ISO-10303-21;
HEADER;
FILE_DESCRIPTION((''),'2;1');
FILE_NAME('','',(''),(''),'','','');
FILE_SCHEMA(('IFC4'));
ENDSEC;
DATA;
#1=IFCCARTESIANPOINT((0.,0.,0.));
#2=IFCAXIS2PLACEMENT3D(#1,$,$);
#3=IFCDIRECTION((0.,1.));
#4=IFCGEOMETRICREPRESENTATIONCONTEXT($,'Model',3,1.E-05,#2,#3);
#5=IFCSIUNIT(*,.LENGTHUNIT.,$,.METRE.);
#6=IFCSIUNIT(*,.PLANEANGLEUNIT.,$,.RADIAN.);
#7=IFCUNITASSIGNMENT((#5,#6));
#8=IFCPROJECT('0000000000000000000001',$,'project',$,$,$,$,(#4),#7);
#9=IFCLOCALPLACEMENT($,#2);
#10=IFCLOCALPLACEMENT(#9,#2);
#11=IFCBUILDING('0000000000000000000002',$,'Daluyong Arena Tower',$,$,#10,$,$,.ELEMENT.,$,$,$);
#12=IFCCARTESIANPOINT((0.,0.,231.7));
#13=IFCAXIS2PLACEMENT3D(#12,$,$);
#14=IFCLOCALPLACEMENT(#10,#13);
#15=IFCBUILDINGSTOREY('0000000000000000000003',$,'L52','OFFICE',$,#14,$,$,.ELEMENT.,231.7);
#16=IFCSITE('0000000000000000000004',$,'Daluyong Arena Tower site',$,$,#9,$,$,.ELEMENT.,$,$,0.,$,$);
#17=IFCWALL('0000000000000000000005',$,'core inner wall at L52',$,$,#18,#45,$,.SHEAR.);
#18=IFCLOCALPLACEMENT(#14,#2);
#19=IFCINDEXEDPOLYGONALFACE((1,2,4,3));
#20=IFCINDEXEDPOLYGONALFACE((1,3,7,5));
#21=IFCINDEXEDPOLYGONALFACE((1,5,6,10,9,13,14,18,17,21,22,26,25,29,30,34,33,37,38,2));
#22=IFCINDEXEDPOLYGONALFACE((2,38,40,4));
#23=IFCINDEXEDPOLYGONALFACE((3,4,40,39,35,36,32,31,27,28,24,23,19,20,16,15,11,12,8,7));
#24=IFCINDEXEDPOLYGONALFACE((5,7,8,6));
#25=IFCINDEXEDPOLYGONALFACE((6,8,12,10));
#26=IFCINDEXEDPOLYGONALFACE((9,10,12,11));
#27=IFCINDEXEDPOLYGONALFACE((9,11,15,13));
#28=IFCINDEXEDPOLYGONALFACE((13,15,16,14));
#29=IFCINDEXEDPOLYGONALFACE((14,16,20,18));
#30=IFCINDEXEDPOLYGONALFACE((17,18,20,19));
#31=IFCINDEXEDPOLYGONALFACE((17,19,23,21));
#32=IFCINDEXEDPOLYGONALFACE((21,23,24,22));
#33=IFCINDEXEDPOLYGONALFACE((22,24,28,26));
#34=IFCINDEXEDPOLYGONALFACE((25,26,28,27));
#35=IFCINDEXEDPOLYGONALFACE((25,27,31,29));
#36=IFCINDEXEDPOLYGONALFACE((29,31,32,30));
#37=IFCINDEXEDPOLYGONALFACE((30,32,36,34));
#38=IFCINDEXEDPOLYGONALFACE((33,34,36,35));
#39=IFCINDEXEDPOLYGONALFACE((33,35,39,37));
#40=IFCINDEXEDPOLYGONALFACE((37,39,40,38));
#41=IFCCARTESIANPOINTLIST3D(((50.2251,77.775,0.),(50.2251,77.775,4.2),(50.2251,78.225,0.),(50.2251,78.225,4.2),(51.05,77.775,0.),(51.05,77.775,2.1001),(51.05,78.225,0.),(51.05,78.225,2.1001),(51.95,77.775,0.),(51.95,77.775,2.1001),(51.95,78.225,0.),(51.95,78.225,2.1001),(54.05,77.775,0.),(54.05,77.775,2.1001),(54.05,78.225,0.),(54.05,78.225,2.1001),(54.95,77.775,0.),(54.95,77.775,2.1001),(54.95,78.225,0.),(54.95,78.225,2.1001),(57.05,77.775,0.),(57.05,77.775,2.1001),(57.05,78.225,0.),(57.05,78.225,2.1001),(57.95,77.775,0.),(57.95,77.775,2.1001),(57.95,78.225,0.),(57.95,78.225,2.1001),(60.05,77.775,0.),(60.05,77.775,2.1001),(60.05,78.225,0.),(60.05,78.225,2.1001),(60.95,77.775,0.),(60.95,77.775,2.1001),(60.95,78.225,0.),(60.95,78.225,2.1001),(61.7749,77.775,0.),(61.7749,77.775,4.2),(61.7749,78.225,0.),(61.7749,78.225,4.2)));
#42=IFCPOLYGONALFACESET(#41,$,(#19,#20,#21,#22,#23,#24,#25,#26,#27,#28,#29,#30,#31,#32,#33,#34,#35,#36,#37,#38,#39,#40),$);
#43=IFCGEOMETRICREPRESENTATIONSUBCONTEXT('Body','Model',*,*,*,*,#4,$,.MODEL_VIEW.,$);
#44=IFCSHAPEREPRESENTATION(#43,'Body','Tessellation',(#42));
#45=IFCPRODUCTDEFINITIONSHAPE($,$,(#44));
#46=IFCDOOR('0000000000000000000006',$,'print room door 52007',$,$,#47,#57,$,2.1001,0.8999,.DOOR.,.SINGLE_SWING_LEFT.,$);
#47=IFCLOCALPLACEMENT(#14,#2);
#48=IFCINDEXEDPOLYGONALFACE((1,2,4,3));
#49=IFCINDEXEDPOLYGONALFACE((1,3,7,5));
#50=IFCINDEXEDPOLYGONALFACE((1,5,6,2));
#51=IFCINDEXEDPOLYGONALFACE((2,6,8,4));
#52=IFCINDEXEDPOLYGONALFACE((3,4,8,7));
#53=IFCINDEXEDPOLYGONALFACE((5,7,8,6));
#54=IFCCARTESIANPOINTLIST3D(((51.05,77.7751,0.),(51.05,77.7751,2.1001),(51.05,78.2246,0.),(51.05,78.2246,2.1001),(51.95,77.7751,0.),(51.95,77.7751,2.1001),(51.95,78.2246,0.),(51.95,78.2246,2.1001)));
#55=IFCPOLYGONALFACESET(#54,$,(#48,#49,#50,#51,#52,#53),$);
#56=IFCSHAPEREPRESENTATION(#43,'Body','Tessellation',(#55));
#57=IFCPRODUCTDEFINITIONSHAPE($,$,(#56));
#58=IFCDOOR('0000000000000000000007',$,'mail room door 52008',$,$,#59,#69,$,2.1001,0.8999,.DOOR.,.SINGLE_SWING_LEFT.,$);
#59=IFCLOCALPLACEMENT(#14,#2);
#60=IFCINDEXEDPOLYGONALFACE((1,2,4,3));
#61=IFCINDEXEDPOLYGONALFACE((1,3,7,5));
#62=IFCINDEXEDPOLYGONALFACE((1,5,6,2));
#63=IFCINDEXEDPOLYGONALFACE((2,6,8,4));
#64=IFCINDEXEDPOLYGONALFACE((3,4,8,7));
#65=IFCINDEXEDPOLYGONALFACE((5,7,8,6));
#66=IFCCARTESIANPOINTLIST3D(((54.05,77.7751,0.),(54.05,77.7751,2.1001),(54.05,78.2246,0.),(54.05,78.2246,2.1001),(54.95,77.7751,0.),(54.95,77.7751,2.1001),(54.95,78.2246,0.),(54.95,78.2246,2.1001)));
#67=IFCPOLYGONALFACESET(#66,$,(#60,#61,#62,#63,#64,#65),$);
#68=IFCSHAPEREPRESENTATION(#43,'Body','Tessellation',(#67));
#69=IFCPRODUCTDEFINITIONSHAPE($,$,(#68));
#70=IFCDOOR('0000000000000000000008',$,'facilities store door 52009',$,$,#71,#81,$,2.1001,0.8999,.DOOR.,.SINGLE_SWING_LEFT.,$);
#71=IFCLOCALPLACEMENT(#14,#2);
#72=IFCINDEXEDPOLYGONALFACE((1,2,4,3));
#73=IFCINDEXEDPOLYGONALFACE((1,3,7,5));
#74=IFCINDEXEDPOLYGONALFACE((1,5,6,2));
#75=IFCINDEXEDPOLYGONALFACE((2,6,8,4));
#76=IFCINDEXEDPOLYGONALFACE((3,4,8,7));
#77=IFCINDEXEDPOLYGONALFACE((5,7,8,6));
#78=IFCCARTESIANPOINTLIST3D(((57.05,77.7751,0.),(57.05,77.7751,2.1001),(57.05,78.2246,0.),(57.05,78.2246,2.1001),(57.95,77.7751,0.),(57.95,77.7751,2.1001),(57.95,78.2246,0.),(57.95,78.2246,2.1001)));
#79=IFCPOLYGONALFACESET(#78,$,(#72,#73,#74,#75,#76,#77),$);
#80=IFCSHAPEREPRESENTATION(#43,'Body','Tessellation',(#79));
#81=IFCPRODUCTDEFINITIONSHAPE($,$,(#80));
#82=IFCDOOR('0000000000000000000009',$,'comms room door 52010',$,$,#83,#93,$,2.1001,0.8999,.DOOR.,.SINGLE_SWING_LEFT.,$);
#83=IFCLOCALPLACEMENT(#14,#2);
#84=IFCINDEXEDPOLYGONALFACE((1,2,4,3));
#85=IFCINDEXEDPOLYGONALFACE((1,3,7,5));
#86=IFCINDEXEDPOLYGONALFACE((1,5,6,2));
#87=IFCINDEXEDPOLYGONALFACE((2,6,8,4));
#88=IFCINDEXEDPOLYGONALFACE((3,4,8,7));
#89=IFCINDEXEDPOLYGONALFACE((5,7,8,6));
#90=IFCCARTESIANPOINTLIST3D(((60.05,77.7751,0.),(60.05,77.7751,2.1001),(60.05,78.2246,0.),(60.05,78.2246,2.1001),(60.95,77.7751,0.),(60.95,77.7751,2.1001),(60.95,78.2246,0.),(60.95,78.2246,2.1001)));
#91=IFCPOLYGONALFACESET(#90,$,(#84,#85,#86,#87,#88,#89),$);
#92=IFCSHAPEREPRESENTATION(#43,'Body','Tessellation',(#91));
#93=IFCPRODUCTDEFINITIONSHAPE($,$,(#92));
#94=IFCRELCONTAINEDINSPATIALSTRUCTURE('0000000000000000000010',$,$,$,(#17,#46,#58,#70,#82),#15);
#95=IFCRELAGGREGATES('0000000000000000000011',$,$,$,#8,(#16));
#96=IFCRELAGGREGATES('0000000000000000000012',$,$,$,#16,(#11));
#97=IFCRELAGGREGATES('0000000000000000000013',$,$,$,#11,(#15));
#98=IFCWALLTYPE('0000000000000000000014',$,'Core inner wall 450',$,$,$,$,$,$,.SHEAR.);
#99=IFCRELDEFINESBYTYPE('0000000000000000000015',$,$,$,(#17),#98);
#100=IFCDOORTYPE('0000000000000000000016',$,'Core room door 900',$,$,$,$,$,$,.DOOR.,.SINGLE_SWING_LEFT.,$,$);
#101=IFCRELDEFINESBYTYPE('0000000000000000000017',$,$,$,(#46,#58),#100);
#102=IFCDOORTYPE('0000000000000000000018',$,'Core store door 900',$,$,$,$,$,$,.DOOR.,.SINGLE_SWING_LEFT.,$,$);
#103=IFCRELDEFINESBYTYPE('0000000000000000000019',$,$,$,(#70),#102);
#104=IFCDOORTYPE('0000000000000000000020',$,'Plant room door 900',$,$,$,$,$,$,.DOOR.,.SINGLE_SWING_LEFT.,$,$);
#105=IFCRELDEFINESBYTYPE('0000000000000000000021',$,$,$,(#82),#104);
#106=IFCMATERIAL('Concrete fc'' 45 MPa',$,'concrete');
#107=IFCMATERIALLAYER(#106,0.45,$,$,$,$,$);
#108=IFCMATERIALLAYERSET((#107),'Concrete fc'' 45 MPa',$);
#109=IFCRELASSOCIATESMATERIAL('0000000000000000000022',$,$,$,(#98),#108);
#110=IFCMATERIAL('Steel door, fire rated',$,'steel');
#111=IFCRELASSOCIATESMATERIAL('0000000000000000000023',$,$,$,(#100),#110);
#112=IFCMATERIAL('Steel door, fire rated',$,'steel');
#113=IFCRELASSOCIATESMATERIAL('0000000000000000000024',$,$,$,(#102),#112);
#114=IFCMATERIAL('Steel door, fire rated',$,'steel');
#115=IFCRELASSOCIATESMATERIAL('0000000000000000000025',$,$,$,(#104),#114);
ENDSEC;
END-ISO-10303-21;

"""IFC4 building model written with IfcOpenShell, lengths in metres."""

from ifc_helpers import new_model, si_unit, direction, frame, frame_2d, origin, place, context, subcontext, project, spatial, rectangle, extrude, material, layer, layer_set, type_object, element, fill, save


model = new_model("IFC4")

# Units and contexts
model_context = context("Model", 3, precision=1e-05, world=origin(), true_north=direction((0.0, 1.0)))
body_context = subcontext(model_context, "Body", "Model", "MODEL_VIEW")
ifc_project = project(units=[si_unit("LENGTHUNIT", "METRE"), si_unit("PLANEANGLEUNIT", "RADIAN")], contexts=[model_context])

# Site, building, storey
site_placement = place(None, origin())
site = spatial("IfcSite", under=ifc_project, at=site_placement, Name="Daluyong Arena Tower site", CompositionType="ELEMENT", RefElevation=0.0)
building_placement = place(site_placement, origin())
building = spatial("IfcBuilding", under=site, at=building_placement, Name="Daluyong Arena Tower", CompositionType="ELEMENT")
storey_placement = place(building_placement, frame((0.0, 0.0, 231.7)))
storey = spatial("IfcBuildingStorey", under=building, at=storey_placement, Name="L52", Description="OFFICE", CompositionType="ELEMENT", Elevation=231.7)

# Shared definitions
ifc_material_1 = material(Name="Concrete fc' 45 MPa", Category="concrete")
ifc_layer = layer(ifc_material_1, 0.45)
ifc_layer_set = layer_set([ifc_layer], Name="Concrete fc' 45 MPa")
wall_type = type_object("IfcWallType", Name="Core inner wall 450", PredefinedType="SHEAR", material=ifc_layer_set)
ifc_material_2 = material(Name="Steel door, fire rated", Category="steel")
door_type_1 = type_object("IfcDoorType", Name="Core room door 900", OperationType="SINGLE_SWING_LEFT", PredefinedType="DOOR", material=ifc_material_2)

# Wall, openings, doors
wall_1_placement = place(storey_placement, frame((50.2251, 78.0, 0.0), z_axis=(0.0, 0.0, 1.0), x_axis=(1.0, 0.0, 0.0)))
wall_1 = element("IfcWall", 1, at=wall_1_placement, inside=storey, type_object=wall_type, Name="core inner wall at L52", PredefinedType="SHEAR", context=body_context, shape_type="SweptSolid", body=[
    extrude(rectangle(XDim=11.5498, YDim=0.45, at=frame_2d((5.7749, 0.0))), origin(), (0.0, 0.0, 1.0), 4.2),
])
opening_1_placement = place(wall_1_placement, frame((0.825, 0.0, 0.0)))
opening_1 = element("IfcOpeningElement", 2, at=opening_1_placement, cuts=wall_1, PredefinedType="OPENING", context=body_context, shape_type="SweptSolid", body=[
    extrude(rectangle(XDim=0.8999, YDim=2.1001, at=frame_2d((0.45, 1.05))), frame((0.0, 0.2349, 0.0), z_axis=(0.0, -1.0, 0.0), x_axis=(1.0, 0.0, 0.0)), (0.0, 0.0, 1.0), 0.47),
])
opening_2_placement = place(wall_1_placement, frame((3.825, 0.0, 0.0)))
opening_2 = element("IfcOpeningElement", 3, at=opening_2_placement, cuts=wall_1, PredefinedType="OPENING", context=body_context, shape_type="SweptSolid", body=[
    extrude(rectangle(XDim=0.8999, YDim=2.1001, at=frame_2d((0.45, 1.05))), frame((0.0, 0.2349, 0.0), z_axis=(0.0, -1.0, 0.0), x_axis=(1.0, 0.0, 0.0)), (0.0, 0.0, 1.0), 0.47),
])
opening_3_placement = place(wall_1_placement, frame((6.825, 0.0, 0.0)))
opening_3 = element("IfcOpeningElement", 4, at=opening_3_placement, cuts=wall_1, PredefinedType="OPENING", context=body_context, shape_type="SweptSolid", body=[
    extrude(rectangle(XDim=0.8999, YDim=2.1001, at=frame_2d((0.45, 1.05))), frame((0.0, 0.2349, 0.0), z_axis=(0.0, -1.0, 0.0), x_axis=(1.0, 0.0, 0.0)), (0.0, 0.0, 1.0), 0.47),
])
opening_4_placement = place(wall_1_placement, frame((9.825, 0.0, 0.0)))
opening_4 = element("IfcOpeningElement", 5, at=opening_4_placement, cuts=wall_1, PredefinedType="OPENING", context=body_context, shape_type="SweptSolid", body=[
    extrude(rectangle(XDim=0.8999, YDim=2.1001, at=frame_2d((0.45, 1.05))), frame((0.0, 0.2349, 0.0), z_axis=(0.0, -1.0, 0.0), x_axis=(1.0, 0.0, 0.0)), (0.0, 0.0, 1.0), 0.47),
])
door_1_placement = place(opening_1_placement, origin())
door_1 = element("IfcDoor", 6, at=door_1_placement, inside=storey, type_object=door_type_1, Name="print room door 52007", OperationType="SINGLE_SWING_LEFT", OverallHeight=2.1001, OverallWidth=0.8999, PredefinedType="DOOR", context=body_context, shape_type="SweptSolid", body=[
    extrude(rectangle(XDim=0.8999, YDim=2.1001, at=frame_2d((0.45, 1.05))), frame((0.0, 0.2246, 0.0), z_axis=(0.0, -1.0, 0.0), x_axis=(1.0, 0.0, 0.0)), (0.0, 0.0, 1.0), 0.4495),
])
fill(opening_1, door_1)
door_2_placement = place(opening_2_placement, origin())
door_2 = element("IfcDoor", 7, at=door_2_placement, inside=storey, type_object=door_type_1, Name="mail room door 52008", OperationType="SINGLE_SWING_LEFT", OverallHeight=2.1001, OverallWidth=0.8999, PredefinedType="DOOR", context=body_context, shape_type="SweptSolid", body=[
    extrude(rectangle(XDim=0.8999, YDim=2.1001, at=frame_2d((0.45, 1.05))), frame((0.0, 0.2246, 0.0), z_axis=(0.0, -1.0, 0.0), x_axis=(1.0, 0.0, 0.0)), (0.0, 0.0, 1.0), 0.4495),
])
fill(opening_2, door_2)
ifc_material_3 = material(Name="Steel door, fire rated", Category="steel")
door_type_2 = type_object("IfcDoorType", Name="Core store door 900", OperationType="SINGLE_SWING_LEFT", PredefinedType="DOOR", material=ifc_material_3)
door_3_placement = place(opening_3_placement, origin())
door_3 = element("IfcDoor", 8, at=door_3_placement, inside=storey, type_object=door_type_2, Name="facilities store door 52009", OperationType="SINGLE_SWING_LEFT", OverallHeight=2.1001, OverallWidth=0.8999, PredefinedType="DOOR", context=body_context, shape_type="SweptSolid", body=[
    extrude(rectangle(XDim=0.8999, YDim=2.1001, at=frame_2d((0.45, 1.05))), frame((0.0, 0.2246, 0.0), z_axis=(0.0, -1.0, 0.0), x_axis=(1.0, 0.0, 0.0)), (0.0, 0.0, 1.0), 0.4495),
])
fill(opening_3, door_3)
ifc_material_4 = material(Name="Steel door, fire rated", Category="steel")
door_type_3 = type_object("IfcDoorType", Name="Plant room door 900", OperationType="SINGLE_SWING_LEFT", PredefinedType="DOOR", material=ifc_material_4)
door_4_placement = place(opening_4_placement, origin())
door_4 = element("IfcDoor", 9, at=door_4_placement, inside=storey, type_object=door_type_3, Name="comms room door 52010", OperationType="SINGLE_SWING_LEFT", OverallHeight=2.1001, OverallWidth=0.8999, PredefinedType="DOOR", context=body_context, shape_type="SweptSolid", body=[
    extrude(rectangle(XDim=0.8999, YDim=2.1001, at=frame_2d((0.45, 1.05))), frame((0.0, 0.2246, 0.0), z_axis=(0.0, -1.0, 0.0), x_axis=(1.0, 0.0, 0.0)), (0.0, 0.0, 1.0), 0.4495),
])
fill(opening_4, door_4)

save(model, "model.ifc")
